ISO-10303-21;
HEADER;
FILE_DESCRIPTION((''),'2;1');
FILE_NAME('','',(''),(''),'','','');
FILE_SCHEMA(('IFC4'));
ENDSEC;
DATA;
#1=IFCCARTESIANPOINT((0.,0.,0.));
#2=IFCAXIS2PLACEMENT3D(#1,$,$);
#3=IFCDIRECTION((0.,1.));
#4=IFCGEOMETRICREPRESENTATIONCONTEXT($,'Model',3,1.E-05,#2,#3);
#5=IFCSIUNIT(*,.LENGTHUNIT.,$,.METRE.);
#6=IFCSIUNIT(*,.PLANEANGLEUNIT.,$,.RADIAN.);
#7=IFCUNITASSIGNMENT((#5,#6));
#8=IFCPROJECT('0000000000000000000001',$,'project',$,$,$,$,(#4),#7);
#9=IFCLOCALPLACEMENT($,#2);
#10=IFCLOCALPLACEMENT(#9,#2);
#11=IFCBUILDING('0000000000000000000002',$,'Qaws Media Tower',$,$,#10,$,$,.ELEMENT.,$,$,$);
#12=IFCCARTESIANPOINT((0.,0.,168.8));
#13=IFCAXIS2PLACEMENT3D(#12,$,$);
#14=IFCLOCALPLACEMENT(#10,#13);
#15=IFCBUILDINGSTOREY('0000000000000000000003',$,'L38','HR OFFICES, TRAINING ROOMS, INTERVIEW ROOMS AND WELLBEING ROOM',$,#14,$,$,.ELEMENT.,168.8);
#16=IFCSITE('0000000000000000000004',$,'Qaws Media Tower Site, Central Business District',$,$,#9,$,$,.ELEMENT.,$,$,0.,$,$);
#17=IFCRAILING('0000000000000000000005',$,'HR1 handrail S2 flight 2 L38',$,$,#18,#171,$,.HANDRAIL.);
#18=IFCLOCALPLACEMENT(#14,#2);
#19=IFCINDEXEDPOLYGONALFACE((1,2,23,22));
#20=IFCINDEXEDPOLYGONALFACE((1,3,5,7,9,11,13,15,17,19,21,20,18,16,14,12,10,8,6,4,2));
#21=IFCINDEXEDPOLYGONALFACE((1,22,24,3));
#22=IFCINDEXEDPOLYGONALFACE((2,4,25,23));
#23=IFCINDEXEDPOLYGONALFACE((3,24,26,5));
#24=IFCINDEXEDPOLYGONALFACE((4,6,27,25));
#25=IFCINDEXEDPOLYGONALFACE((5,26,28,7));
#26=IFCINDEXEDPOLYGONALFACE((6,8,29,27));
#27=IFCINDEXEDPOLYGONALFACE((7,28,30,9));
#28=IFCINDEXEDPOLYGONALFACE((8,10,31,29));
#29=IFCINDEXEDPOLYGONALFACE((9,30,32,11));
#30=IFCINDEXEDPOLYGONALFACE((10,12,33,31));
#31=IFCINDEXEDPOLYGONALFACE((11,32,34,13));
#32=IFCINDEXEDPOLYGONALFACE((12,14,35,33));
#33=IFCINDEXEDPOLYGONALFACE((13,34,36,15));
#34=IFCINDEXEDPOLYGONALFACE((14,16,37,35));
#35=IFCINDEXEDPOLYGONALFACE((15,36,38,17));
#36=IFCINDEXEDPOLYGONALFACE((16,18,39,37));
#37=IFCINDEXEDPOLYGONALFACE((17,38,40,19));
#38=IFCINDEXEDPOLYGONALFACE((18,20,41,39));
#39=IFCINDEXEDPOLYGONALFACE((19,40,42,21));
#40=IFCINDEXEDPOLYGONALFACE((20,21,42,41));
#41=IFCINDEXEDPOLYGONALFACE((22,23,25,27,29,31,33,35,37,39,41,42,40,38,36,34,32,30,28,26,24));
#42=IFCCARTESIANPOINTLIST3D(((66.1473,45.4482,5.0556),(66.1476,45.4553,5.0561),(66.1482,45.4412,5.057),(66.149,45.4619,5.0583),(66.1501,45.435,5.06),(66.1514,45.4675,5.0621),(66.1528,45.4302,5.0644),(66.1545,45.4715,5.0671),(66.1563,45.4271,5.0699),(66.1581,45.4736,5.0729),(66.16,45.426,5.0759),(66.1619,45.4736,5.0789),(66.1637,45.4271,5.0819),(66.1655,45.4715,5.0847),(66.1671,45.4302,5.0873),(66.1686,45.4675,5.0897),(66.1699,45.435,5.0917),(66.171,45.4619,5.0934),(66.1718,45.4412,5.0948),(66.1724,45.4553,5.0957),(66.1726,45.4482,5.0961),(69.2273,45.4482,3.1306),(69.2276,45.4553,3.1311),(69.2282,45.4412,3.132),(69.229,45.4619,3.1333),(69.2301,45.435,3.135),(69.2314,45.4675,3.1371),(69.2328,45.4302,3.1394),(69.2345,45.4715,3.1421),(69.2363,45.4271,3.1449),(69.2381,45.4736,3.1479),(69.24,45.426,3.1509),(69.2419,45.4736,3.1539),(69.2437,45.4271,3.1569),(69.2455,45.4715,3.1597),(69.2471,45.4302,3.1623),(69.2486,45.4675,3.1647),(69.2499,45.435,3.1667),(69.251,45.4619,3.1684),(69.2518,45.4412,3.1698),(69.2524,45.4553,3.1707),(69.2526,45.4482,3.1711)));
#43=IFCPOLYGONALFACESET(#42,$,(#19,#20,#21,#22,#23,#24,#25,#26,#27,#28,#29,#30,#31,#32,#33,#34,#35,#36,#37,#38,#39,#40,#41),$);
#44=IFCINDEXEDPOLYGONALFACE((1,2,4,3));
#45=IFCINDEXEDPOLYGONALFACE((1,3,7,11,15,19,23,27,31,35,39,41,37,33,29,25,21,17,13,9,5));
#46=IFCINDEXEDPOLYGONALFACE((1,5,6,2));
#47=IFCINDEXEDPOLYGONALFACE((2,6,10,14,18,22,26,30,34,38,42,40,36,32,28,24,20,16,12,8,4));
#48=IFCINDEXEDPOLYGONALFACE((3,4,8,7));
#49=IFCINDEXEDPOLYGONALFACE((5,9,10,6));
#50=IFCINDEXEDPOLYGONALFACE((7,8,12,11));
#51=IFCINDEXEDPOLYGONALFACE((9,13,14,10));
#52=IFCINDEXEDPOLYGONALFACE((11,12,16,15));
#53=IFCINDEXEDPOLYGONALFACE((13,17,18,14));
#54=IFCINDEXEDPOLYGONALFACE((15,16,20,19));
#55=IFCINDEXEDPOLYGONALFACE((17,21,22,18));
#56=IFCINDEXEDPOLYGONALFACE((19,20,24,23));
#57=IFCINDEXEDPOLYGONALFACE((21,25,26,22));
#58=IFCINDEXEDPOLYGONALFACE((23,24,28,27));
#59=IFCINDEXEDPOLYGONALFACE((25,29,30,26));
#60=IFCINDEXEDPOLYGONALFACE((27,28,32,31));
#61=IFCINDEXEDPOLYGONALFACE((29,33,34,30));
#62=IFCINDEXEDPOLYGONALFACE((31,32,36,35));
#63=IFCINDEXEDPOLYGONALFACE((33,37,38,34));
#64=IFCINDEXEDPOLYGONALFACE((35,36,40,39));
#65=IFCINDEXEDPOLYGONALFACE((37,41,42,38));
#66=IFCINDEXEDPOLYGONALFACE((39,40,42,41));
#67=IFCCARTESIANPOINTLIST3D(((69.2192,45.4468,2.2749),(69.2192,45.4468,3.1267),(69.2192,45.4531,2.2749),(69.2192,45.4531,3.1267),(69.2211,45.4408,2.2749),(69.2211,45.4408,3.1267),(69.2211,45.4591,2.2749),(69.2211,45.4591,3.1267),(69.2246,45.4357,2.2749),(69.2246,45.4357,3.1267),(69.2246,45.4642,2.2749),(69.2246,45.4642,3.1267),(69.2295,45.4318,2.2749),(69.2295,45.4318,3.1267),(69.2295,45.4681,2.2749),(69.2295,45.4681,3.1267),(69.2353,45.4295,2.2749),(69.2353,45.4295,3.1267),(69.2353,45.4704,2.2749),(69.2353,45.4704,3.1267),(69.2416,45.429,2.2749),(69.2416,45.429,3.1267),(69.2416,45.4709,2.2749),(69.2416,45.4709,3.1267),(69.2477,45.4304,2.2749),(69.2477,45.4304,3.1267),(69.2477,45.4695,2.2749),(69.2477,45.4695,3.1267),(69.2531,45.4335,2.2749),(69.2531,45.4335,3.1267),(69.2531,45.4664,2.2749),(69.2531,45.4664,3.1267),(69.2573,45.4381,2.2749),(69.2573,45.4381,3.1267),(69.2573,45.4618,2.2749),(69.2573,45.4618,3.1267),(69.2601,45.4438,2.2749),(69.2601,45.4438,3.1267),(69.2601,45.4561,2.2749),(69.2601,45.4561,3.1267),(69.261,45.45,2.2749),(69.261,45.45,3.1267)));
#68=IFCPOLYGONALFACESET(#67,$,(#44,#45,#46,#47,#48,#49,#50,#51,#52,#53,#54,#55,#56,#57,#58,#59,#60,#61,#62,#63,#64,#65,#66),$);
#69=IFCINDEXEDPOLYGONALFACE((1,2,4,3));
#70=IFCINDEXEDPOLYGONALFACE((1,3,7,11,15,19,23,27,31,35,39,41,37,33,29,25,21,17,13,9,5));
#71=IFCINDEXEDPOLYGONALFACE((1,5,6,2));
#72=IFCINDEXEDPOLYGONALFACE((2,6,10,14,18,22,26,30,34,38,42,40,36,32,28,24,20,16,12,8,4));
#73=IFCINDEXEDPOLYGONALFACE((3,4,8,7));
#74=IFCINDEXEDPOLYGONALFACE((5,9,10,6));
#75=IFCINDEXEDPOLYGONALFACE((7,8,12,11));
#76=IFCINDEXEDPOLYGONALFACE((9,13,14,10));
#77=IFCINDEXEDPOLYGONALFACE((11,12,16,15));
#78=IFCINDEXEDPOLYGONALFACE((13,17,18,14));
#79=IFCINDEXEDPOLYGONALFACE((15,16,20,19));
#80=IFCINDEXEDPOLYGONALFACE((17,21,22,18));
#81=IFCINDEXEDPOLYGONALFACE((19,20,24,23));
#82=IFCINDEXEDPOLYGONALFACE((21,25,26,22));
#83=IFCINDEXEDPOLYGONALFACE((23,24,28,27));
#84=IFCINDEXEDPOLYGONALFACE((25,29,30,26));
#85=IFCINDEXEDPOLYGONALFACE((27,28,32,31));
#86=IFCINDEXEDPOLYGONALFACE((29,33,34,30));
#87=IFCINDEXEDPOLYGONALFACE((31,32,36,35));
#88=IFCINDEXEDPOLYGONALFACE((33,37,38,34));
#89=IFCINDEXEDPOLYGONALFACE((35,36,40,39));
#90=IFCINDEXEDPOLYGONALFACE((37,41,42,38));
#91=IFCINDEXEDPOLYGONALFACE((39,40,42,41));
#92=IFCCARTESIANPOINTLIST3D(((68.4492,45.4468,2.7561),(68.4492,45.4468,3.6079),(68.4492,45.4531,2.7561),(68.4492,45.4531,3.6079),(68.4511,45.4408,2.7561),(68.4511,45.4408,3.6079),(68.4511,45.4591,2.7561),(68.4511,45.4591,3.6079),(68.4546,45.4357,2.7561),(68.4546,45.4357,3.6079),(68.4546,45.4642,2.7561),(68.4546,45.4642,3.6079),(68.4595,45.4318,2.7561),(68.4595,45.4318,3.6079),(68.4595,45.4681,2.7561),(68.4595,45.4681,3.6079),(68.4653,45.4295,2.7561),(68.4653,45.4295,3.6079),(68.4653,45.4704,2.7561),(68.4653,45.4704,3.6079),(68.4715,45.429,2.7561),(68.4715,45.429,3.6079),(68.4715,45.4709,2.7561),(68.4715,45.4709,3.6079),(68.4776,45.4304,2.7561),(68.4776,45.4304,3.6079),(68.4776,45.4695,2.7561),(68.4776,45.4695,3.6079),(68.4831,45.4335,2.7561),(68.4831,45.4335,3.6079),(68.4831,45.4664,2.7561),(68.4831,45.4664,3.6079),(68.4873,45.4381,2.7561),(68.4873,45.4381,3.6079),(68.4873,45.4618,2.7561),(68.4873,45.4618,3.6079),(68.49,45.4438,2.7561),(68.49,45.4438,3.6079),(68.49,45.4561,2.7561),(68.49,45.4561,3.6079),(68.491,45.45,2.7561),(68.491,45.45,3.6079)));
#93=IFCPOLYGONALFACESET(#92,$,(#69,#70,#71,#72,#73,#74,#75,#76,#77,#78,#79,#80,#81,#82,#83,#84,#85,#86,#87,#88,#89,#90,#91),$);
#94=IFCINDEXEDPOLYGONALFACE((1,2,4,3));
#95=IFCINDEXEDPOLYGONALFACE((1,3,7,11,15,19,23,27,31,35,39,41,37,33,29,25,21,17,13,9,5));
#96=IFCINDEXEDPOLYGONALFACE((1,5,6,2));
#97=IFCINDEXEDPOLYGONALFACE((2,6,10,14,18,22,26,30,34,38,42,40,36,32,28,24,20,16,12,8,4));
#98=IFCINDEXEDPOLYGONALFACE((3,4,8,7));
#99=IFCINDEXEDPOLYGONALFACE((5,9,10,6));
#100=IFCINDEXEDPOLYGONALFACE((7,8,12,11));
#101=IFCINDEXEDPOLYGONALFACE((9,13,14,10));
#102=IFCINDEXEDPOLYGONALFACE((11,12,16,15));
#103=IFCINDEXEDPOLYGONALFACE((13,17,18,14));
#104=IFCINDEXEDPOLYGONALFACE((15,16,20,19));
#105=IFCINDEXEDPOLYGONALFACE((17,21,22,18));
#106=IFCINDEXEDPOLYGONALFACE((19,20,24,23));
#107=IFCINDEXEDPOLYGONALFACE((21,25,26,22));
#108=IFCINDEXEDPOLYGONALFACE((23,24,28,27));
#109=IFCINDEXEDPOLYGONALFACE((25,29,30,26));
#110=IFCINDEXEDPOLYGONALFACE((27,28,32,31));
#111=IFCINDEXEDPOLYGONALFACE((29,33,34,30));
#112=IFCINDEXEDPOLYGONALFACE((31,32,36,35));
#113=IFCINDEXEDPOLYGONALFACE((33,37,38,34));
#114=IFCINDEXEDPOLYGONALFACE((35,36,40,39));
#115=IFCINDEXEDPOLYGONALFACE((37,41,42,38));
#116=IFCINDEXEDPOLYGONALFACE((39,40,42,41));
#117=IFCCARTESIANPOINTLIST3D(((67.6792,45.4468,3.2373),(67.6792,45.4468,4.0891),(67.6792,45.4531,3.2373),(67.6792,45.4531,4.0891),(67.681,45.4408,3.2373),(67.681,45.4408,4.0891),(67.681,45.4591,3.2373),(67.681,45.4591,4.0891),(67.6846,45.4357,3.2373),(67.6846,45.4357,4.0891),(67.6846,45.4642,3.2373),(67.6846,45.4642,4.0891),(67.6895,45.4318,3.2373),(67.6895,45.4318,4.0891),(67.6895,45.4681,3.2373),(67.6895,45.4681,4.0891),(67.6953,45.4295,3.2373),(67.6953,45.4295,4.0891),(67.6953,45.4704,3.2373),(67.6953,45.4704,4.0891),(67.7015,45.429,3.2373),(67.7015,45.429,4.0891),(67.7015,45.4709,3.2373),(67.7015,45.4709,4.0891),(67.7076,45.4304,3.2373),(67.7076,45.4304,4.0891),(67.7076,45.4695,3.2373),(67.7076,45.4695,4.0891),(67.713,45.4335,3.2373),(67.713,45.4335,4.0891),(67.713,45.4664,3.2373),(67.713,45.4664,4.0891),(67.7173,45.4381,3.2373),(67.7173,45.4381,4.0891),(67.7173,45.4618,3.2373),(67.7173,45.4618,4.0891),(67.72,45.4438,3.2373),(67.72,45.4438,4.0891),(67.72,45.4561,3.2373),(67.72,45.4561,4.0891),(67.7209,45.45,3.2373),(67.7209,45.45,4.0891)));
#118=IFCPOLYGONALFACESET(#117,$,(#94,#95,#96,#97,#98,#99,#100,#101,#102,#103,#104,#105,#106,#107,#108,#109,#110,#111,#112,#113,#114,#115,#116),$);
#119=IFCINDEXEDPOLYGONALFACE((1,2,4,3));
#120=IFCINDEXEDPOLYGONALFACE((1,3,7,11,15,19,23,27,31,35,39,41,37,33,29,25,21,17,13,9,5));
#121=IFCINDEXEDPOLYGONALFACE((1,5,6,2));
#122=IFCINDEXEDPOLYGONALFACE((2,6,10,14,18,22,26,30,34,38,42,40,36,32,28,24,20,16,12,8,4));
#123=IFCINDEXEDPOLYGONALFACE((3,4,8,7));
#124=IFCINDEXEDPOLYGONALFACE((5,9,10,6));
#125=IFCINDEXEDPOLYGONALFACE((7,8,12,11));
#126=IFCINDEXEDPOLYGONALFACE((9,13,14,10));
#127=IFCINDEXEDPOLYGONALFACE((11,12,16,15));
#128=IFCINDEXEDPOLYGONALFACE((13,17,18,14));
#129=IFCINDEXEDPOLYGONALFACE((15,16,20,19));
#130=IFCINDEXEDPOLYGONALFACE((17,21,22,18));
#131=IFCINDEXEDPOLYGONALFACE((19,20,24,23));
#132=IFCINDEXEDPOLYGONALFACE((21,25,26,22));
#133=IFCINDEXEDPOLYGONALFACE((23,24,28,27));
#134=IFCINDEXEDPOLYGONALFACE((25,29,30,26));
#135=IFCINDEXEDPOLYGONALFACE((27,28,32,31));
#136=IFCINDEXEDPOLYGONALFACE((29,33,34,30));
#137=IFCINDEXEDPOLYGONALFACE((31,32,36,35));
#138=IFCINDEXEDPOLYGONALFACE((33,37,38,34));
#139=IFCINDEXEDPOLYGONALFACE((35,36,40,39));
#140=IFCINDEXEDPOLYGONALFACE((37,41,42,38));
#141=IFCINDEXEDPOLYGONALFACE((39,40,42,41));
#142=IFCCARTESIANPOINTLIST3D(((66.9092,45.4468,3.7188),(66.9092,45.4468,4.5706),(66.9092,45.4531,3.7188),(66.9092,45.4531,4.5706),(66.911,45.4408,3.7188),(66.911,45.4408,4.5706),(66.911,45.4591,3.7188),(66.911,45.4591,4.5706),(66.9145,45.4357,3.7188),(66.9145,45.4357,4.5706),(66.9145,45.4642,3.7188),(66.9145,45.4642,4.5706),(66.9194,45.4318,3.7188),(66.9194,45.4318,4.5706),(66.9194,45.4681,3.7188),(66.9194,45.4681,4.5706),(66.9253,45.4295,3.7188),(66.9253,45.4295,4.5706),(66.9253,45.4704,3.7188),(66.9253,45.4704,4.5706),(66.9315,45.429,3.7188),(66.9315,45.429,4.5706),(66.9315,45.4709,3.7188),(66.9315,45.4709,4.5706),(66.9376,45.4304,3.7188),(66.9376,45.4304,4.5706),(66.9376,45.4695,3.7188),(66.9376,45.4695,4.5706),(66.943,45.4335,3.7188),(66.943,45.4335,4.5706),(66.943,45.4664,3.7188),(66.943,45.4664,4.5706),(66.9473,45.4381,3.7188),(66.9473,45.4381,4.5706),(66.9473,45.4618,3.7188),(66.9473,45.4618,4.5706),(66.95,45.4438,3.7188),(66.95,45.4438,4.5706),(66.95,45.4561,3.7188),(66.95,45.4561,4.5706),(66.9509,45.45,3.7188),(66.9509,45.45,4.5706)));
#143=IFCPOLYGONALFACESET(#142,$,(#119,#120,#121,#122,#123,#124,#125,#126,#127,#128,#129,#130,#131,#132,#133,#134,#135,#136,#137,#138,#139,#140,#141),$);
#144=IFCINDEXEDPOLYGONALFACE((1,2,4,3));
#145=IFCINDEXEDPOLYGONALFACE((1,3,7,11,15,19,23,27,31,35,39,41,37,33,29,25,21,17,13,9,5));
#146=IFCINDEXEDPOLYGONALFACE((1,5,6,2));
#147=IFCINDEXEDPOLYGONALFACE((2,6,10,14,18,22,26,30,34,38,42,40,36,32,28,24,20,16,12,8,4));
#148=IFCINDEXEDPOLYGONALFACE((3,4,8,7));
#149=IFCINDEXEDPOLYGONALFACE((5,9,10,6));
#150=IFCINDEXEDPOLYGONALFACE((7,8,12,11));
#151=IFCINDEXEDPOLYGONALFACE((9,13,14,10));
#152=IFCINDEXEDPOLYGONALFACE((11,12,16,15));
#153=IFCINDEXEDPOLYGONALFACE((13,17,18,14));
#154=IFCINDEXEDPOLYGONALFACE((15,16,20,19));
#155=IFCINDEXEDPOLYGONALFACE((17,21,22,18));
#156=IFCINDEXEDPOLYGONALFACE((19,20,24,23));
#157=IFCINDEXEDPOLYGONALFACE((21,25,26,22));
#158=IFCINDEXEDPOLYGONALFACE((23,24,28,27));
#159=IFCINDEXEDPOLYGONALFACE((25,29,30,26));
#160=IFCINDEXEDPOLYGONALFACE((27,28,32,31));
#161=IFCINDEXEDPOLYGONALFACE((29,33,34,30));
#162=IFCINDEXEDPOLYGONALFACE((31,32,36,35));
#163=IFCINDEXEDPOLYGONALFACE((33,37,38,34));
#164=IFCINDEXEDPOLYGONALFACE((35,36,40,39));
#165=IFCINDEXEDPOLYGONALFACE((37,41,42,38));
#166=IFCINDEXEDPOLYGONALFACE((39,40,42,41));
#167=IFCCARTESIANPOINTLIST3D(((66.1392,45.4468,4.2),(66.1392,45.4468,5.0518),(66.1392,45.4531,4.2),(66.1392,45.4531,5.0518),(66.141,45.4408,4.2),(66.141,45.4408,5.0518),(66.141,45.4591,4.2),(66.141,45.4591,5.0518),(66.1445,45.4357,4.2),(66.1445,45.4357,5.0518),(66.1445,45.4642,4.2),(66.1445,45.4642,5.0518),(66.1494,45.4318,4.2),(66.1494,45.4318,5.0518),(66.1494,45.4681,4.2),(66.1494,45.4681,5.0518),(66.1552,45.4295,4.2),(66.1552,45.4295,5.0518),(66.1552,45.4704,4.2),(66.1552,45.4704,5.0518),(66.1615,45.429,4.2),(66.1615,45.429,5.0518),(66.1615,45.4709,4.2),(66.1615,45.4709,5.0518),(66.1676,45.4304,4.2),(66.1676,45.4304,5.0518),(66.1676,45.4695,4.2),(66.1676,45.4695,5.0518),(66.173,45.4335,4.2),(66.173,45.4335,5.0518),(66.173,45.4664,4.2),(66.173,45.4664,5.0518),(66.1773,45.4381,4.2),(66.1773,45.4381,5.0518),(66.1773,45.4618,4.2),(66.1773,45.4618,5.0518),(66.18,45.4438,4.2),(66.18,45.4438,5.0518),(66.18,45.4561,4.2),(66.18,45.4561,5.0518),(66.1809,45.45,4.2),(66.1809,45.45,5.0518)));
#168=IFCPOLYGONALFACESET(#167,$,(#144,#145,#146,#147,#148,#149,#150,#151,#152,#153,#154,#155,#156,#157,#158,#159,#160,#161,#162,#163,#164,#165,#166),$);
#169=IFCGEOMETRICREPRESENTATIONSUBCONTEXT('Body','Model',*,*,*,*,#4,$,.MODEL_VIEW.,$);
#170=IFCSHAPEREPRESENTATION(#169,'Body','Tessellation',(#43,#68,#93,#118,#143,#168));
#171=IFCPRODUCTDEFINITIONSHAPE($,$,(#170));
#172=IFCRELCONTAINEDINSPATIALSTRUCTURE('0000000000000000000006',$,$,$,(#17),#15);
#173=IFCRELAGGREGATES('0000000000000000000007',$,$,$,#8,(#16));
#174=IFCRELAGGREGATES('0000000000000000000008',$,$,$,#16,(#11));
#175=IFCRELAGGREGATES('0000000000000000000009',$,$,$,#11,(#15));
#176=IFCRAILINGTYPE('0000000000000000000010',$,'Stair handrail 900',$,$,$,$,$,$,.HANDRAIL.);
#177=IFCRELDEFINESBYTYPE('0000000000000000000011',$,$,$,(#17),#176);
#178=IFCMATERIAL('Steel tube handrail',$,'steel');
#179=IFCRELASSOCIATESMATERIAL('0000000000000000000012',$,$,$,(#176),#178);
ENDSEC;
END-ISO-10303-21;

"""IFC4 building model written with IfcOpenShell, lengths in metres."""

from ifc_helpers import new_model, si_unit, direction, frame, origin, origin_2d, place, context, subcontext, project, spatial, circle, extrude, material, type_object, element, save


model = new_model("IFC4")

# Units and contexts
model_context = context("Model", 3, precision=1e-05, world=origin(), true_north=direction((0.0, 1.0)))
body_context = subcontext(model_context, "Body", "Model", "MODEL_VIEW")
ifc_project = project(units=[si_unit("LENGTHUNIT", "METRE"), si_unit("PLANEANGLEUNIT", "RADIAN")], contexts=[model_context])

# Site, building, storey
site_placement = place(None, origin())
site = spatial("IfcSite", under=ifc_project, at=site_placement, Name="Qaws Media Tower Site, Central Business District", CompositionType="ELEMENT", RefElevation=0.0)
building_placement = place(site_placement, origin())
building = spatial("IfcBuilding", under=site, at=building_placement, Name="Qaws Media Tower", CompositionType="ELEMENT")
storey_placement = place(building_placement, frame((0.0, 0.0, 168.8)))
storey = spatial("IfcBuildingStorey", under=building, at=storey_placement, Name="L38", Description="HR OFFICES, TRAINING ROOMS, INTERVIEW ROOMS AND WELLBEING ROOM", CompositionType="ELEMENT", Elevation=168.8)

# Railing
ifc_material_1 = material(Name="Steel tube handrail", Category="steel")
railing_type = type_object("IfcRailingType", Name="Stair handrail 900", PredefinedType="HANDRAIL", material=ifc_material_1)
for number, where, name in (
    (1, (69.24, 45.45, 2.2749), "HR1 handrail S2 flight 2 L38"),
):
    element("IfcRailing", number, at=place(storey_placement, frame(where)), inside=storey, type_object=railing_type, Name=name, PredefinedType="HANDRAIL", context=body_context, shape_type="SweptSolid", body=[
        extrude(circle(Radius=0.0239, at=origin_2d()), frame((0.0, 0.0, 0.876), z_axis=(-0.847998, 0.0, 0.529999), x_axis=(0.0, -1.0, 0.0)), (0.0, 0.0, 1.0), 3.6321),
        extrude(circle(Radius=0.021, at=origin_2d()), origin(), (0.0, 0.0, 1.0), 0.8518),
        extrude(circle(Radius=0.021, at=origin_2d()), frame((-0.77, 0.0, 0.4812)), (0.0, 0.0, 1.0), 0.8518),
        extrude(circle(Radius=0.021, at=origin_2d()), frame((-1.54, 0.0, 0.9624)), (0.0, 0.0, 1.0), 0.8518),
        extrude(circle(Radius=0.021, at=origin_2d()), frame((-2.3101, 0.0, 1.4438)), (0.0, 0.0, 1.0), 0.8518),
        extrude(circle(Radius=0.021, at=origin_2d()), frame((-3.0801, 0.0, 1.925)), (0.0, 0.0, 1.0), 0.8518),
    ])

save(model, "model.ifc")
